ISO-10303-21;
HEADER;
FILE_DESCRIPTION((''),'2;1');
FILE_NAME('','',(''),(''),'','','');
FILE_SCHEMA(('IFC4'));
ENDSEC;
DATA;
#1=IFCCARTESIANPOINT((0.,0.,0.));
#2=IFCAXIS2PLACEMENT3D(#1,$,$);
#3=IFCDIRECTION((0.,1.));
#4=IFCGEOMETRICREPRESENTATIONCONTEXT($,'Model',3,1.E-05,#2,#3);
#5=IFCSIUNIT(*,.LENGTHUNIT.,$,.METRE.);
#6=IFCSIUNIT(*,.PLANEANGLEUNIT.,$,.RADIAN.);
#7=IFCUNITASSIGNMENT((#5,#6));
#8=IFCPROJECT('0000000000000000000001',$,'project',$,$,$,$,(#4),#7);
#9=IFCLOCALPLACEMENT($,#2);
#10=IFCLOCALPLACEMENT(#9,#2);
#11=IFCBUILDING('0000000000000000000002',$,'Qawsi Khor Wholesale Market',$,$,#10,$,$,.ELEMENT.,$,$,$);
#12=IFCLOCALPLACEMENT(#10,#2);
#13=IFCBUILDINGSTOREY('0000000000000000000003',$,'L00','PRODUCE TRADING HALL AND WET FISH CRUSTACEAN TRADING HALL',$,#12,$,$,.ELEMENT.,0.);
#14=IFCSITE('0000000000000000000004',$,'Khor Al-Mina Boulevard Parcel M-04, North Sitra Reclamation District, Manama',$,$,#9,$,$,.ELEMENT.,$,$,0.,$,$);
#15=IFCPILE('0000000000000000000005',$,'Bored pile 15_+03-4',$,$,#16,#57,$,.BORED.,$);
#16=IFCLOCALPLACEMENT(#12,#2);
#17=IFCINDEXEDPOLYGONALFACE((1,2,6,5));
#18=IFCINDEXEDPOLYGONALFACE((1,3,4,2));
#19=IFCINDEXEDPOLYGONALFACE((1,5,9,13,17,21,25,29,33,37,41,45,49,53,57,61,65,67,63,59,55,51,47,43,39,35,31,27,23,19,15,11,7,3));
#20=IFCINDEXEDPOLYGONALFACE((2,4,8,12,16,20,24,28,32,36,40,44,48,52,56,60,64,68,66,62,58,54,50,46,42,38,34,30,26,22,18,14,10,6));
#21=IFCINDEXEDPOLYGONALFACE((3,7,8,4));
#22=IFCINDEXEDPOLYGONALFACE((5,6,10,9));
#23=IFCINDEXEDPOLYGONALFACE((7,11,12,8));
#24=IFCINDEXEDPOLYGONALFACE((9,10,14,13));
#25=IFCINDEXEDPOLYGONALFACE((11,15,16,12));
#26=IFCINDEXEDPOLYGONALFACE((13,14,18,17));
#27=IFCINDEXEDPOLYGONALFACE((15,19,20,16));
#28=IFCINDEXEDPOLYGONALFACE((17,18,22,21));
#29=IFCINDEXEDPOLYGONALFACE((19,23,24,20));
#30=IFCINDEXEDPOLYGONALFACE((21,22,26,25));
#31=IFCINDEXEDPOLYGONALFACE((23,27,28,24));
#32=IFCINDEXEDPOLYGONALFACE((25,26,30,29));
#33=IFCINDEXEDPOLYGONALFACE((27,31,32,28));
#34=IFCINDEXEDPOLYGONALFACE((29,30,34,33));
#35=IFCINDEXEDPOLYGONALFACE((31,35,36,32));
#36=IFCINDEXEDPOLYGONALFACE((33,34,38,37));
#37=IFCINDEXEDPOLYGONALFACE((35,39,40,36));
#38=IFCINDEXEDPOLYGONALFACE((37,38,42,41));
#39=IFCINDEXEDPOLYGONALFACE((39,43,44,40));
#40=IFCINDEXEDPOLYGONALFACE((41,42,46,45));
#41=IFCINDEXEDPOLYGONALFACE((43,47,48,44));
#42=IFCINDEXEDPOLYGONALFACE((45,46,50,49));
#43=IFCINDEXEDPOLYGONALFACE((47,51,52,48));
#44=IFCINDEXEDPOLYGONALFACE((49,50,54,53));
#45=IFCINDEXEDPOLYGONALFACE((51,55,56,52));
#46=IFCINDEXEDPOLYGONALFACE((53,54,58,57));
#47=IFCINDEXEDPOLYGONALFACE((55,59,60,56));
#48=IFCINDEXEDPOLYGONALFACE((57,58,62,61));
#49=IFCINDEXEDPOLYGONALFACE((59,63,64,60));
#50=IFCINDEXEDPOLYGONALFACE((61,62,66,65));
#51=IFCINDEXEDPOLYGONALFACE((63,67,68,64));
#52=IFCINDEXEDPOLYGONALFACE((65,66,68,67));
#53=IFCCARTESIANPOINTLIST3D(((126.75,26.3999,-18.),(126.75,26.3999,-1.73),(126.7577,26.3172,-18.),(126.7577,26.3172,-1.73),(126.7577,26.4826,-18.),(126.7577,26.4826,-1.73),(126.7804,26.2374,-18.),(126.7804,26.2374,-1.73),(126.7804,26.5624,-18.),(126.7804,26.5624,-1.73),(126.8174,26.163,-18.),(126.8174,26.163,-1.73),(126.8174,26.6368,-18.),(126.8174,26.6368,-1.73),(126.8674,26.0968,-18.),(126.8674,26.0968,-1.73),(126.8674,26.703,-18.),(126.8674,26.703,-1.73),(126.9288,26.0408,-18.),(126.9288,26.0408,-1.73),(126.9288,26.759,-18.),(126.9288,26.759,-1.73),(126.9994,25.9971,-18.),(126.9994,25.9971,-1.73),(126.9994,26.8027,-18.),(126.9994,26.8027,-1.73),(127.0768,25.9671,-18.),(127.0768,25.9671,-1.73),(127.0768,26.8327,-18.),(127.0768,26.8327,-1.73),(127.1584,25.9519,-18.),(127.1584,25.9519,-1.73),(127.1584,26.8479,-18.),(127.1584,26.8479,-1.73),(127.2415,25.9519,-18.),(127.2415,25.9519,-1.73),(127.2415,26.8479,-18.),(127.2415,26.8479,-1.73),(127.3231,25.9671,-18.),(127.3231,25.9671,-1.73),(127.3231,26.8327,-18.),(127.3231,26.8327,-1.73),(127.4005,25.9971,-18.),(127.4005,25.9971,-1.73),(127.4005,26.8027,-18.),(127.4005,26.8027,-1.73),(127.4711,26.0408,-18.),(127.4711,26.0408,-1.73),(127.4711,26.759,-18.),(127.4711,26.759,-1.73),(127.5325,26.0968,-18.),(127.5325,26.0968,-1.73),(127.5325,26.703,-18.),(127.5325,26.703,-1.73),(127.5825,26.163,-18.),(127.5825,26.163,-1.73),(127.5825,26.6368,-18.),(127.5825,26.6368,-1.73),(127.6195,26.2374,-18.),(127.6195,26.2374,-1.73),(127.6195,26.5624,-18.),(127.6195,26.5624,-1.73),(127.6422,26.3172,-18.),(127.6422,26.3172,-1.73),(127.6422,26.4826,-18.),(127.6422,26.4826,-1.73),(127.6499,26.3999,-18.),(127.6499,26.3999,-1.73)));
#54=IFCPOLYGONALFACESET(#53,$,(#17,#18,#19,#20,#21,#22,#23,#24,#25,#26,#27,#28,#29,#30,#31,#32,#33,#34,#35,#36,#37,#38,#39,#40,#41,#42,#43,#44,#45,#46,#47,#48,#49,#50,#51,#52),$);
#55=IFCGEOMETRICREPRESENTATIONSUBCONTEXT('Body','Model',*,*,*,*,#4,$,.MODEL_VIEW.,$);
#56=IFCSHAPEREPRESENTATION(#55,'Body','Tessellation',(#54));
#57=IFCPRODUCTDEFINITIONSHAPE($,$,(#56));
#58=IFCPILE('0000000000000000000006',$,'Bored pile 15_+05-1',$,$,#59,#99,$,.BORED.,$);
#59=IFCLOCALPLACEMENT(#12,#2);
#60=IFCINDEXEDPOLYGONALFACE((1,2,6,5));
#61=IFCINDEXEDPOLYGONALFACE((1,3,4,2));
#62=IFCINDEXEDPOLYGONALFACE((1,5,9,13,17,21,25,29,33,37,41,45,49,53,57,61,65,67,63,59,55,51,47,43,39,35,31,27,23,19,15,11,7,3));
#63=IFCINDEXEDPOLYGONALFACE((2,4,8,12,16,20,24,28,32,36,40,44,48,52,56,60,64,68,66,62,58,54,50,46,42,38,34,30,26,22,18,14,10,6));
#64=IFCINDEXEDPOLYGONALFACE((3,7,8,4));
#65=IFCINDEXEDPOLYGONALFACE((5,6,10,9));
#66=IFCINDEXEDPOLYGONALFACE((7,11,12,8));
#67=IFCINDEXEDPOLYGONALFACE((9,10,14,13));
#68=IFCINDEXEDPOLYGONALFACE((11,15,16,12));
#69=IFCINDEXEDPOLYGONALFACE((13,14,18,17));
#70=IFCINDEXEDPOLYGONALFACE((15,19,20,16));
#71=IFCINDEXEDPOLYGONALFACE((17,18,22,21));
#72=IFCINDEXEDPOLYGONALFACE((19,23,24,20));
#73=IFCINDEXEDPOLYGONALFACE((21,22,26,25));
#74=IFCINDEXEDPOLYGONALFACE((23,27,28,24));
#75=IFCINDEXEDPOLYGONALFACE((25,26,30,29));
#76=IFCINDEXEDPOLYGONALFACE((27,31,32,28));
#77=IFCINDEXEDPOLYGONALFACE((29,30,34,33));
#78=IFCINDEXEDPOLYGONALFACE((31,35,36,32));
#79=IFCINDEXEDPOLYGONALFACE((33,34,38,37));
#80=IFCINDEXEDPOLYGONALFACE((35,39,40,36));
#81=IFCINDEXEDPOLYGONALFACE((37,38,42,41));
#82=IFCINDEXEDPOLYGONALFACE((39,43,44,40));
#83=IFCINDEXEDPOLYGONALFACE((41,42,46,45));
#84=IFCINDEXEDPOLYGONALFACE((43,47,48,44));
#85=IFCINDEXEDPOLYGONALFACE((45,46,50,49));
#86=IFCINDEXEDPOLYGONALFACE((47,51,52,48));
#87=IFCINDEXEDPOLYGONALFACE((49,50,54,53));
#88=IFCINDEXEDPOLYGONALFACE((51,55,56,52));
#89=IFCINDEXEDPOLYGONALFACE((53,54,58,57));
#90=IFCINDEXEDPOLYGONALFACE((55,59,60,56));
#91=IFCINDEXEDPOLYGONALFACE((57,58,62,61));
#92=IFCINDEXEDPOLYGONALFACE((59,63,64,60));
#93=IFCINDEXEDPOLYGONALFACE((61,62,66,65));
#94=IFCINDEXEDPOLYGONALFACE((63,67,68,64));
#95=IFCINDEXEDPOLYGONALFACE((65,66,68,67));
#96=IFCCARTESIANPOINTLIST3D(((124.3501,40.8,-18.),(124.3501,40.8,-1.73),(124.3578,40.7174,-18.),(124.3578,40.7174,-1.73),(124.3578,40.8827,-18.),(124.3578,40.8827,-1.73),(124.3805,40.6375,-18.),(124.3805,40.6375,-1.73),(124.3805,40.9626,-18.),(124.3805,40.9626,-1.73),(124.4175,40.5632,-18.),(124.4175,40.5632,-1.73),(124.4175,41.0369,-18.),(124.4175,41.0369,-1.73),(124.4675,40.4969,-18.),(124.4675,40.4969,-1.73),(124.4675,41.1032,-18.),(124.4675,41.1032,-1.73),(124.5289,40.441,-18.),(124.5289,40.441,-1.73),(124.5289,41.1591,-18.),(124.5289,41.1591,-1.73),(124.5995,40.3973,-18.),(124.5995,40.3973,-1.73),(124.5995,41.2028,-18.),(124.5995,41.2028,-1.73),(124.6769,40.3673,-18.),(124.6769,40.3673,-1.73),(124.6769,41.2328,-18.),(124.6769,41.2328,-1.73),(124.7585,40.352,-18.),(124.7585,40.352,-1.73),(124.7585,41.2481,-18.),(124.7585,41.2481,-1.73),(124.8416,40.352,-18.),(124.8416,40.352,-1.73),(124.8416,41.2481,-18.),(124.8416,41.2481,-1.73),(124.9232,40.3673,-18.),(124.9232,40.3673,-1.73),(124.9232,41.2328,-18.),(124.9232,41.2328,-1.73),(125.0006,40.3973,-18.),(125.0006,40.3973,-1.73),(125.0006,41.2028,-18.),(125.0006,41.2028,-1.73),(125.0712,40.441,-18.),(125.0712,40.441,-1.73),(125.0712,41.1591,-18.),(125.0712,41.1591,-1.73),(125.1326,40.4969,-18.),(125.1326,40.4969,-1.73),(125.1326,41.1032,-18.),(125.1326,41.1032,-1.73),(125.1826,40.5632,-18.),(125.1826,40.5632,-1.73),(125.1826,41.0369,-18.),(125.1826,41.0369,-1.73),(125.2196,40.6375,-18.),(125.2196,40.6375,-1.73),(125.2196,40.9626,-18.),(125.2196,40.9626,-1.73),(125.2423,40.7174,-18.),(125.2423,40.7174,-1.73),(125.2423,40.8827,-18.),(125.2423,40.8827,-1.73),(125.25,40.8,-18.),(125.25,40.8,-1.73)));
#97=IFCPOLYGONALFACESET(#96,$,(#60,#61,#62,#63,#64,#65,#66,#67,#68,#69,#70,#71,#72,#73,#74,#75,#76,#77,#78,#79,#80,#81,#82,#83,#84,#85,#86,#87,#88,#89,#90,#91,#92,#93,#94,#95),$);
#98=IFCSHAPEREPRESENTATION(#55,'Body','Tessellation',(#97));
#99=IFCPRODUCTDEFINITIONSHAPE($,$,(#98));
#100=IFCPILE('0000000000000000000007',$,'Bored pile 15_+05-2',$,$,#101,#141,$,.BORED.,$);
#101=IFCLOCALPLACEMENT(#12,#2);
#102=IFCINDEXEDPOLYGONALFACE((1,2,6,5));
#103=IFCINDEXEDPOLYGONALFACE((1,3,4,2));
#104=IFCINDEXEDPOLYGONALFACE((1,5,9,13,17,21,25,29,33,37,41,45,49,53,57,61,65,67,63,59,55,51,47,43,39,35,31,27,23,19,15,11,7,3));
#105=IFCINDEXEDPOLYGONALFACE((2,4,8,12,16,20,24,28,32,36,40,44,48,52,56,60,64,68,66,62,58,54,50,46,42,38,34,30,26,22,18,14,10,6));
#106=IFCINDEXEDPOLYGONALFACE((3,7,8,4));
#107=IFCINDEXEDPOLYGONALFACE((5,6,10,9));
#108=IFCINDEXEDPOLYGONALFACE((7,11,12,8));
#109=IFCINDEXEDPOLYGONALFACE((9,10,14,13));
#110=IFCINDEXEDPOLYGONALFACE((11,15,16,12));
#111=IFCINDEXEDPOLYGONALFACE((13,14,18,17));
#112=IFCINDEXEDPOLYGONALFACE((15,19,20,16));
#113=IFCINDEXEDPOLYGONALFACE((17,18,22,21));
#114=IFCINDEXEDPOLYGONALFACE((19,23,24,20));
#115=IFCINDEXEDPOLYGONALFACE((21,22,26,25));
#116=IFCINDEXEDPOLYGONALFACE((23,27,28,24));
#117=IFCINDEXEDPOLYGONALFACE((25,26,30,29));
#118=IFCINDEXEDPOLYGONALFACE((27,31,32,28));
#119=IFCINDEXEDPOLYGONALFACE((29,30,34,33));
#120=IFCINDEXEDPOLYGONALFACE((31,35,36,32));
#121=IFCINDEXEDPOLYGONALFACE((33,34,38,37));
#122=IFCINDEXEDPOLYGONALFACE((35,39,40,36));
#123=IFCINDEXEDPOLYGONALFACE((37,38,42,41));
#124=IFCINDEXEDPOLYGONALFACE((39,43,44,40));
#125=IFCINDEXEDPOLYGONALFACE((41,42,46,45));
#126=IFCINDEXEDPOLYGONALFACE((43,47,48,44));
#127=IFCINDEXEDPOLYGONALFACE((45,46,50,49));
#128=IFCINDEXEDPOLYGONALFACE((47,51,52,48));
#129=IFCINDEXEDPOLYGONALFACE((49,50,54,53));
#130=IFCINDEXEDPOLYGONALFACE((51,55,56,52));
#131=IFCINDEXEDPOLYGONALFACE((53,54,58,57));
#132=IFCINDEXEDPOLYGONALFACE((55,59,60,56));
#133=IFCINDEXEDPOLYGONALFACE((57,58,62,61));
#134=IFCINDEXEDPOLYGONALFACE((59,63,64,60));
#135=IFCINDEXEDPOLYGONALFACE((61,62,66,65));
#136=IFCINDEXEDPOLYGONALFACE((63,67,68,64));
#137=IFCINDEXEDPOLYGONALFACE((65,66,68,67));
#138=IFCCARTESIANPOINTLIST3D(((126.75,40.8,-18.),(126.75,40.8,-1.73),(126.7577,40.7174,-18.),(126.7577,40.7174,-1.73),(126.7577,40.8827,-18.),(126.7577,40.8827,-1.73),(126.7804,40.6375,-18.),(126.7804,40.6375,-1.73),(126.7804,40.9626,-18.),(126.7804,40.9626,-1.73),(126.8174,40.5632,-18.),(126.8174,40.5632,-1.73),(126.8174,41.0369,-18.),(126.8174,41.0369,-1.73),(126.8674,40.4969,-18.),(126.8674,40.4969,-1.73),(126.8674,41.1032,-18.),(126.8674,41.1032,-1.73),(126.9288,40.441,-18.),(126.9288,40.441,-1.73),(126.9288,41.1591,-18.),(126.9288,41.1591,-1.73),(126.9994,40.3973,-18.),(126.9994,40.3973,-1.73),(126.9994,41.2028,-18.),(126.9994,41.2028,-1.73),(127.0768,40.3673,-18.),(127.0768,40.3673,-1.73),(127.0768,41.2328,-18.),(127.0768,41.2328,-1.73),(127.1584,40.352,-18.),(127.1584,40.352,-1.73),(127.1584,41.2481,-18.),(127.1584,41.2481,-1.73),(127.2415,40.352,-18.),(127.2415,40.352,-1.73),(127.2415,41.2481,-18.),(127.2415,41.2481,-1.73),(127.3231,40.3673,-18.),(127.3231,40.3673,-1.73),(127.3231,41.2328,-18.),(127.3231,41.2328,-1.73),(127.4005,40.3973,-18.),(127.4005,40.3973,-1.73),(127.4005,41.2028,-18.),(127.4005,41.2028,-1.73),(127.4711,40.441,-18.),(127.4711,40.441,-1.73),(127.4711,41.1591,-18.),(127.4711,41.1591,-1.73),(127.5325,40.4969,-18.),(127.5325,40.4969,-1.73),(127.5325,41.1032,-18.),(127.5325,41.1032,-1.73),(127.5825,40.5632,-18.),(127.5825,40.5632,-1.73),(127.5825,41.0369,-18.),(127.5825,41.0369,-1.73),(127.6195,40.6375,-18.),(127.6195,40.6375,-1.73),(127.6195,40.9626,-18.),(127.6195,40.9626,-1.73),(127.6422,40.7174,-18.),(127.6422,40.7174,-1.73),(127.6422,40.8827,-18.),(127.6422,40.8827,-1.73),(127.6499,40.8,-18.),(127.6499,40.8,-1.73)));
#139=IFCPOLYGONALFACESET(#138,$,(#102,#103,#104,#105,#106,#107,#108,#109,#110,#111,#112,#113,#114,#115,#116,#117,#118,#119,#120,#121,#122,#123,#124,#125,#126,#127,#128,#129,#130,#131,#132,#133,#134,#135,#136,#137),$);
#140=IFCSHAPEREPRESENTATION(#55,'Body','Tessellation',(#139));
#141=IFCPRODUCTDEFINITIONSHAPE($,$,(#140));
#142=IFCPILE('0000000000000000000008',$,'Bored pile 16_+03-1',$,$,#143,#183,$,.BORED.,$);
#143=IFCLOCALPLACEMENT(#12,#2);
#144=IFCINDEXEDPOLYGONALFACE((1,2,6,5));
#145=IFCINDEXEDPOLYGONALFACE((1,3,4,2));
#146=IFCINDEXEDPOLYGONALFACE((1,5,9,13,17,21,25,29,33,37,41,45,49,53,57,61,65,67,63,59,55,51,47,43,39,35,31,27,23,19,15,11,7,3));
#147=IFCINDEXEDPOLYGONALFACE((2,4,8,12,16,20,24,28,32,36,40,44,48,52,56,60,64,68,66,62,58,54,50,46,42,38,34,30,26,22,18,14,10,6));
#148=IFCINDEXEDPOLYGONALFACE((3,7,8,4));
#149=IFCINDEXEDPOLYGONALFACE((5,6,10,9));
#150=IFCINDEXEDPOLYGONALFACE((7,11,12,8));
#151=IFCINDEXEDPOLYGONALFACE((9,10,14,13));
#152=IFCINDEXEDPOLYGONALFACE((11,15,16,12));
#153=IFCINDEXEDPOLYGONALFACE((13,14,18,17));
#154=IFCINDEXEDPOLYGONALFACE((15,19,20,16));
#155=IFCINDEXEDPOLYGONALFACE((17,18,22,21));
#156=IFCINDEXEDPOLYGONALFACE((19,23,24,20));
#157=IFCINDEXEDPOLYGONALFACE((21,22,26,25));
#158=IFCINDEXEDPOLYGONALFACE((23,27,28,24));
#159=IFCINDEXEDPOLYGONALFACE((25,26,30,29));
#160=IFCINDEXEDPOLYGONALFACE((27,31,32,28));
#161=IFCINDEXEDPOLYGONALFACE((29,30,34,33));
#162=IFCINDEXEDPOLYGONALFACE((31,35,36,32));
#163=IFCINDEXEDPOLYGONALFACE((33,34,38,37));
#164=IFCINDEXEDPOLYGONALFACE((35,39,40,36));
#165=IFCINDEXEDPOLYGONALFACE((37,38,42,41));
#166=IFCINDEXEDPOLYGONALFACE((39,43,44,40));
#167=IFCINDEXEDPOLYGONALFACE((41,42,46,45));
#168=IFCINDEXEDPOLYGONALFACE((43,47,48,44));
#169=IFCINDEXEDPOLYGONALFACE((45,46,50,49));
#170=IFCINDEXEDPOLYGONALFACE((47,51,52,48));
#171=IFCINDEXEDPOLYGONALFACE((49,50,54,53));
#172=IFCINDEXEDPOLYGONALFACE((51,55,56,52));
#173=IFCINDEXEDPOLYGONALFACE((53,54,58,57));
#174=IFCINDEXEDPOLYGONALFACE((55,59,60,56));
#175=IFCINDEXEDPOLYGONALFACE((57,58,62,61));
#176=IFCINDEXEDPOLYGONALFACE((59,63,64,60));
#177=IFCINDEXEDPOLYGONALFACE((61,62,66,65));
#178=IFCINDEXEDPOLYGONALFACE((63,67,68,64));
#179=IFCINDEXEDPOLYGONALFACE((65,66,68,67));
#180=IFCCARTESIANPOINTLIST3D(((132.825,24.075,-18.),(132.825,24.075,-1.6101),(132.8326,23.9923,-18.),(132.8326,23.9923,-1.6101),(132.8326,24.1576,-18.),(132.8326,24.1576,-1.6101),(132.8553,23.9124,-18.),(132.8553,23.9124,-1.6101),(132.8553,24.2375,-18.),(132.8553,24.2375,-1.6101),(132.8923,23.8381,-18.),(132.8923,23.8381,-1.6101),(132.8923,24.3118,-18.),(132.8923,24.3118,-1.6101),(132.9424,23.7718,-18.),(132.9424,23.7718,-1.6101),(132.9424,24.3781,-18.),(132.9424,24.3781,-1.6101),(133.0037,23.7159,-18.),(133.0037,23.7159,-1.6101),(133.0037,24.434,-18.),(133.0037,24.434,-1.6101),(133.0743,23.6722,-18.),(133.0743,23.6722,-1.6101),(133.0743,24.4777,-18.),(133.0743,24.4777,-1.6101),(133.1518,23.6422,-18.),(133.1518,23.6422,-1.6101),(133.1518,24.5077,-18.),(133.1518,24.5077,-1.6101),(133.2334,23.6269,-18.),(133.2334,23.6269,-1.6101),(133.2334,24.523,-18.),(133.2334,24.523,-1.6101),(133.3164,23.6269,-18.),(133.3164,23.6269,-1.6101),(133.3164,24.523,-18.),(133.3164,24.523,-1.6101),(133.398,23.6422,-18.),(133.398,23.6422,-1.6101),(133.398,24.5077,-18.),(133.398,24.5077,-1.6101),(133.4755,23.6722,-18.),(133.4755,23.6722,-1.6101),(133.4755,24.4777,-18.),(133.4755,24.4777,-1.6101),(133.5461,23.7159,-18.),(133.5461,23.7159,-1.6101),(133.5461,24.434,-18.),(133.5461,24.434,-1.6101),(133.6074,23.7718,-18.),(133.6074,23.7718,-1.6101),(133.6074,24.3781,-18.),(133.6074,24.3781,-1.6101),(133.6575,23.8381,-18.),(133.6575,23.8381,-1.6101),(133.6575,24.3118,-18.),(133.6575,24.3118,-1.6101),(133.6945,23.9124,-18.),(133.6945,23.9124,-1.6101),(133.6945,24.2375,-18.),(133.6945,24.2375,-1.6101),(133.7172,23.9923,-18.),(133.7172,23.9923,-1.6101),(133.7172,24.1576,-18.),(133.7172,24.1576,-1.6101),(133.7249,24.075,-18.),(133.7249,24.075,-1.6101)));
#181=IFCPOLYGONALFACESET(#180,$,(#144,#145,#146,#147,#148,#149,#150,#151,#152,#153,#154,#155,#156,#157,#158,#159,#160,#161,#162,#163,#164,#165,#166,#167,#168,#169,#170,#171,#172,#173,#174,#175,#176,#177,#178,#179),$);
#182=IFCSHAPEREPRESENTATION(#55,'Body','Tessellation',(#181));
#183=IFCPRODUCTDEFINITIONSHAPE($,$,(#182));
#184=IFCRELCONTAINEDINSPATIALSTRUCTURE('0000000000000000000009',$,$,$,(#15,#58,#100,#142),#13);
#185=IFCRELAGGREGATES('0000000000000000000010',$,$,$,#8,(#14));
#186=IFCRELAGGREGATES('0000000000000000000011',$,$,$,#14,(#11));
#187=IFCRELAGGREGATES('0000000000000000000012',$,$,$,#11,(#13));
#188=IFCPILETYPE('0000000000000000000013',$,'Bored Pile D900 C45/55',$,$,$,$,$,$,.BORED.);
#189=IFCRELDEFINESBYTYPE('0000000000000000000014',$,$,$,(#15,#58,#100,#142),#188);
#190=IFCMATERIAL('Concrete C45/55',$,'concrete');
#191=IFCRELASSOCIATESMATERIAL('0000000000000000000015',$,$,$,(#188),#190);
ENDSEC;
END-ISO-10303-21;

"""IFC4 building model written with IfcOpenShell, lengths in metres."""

from ifc_helpers import new_model, si_unit, direction, frame, origin, origin_2d, place, context, subcontext, project, spatial, circle, extrude, material, material_profile, profile_set, type_object, element, save


model = new_model("IFC4")

# Units and contexts
model_context = context("Model", 3, precision=1e-05, world=origin(), true_north=direction((0.0, 1.0)))
body_context = subcontext(model_context, "Body", "Model", "MODEL_VIEW")
ifc_project = project(units=[si_unit("LENGTHUNIT", "METRE"), si_unit("PLANEANGLEUNIT", "RADIAN")], contexts=[model_context])

# Site, building, storey
site_placement = place(None, origin())
site = spatial("IfcSite", under=ifc_project, at=site_placement, Name="Khor Al-Mina Boulevard Parcel M-04, North Sitra Reclamation District, Manama", CompositionType="ELEMENT", RefElevation=0.0)
building_placement = place(site_placement, origin())
building = spatial("IfcBuilding", under=site, at=building_placement, Name="Qawsi Khor Wholesale Market", CompositionType="ELEMENT")
storey_placement = place(building_placement, origin())
storey = spatial("IfcBuildingStorey", under=building, at=storey_placement, Name="L00", Description="PRODUCE TRADING HALL AND WET FISH CRUSTACEAN TRADING HALL", CompositionType="ELEMENT", Elevation=0.0)

# Piles
ifc_material_1 = material(Name="Concrete C45/55", Category="concrete")
ifc_material_profile_1 = material_profile(ifc_material_1, circle(Radius=0.45, at=origin_2d()), Name="PILE D900")
ifc_profile_set_1 = profile_set([ifc_material_profile_1], Name="Concrete C45/55")
pile_type = type_object("IfcPileType", Name="Bored Pile D900 C45/55", PredefinedType="BORED", material=ifc_profile_set_1)
for number, where, z_axis, x_axis, name in (
    (1, (127.2, 26.3999, -1.73), (0.0, 0.0, -1.0), (1.0, 0.0, 0.0), "Bored pile 15_+03-4"),
    (2, (124.8, 40.8, -1.73), (0.0, 0.0, -1.0), (1.0, 0.0, 0.0), "Bored pile 15_+05-1"),
    (3, (127.2, 40.8, -1.73), (0.0, 0.0, -1.0), (1.0, 0.0, 0.0), "Bored pile 15_+05-2"),
):
    element("IfcPile", number, at=place(storey_placement, frame(where, z_axis=z_axis, x_axis=x_axis)), inside=storey, type_object=pile_type, Name=name, PredefinedType="BORED", context=body_context, shape_type="SweptSolid", body=[
        extrude(circle(Radius=0.45, at=origin_2d()), origin(), (0.0, 0.0, 1.0), 16.27),
    ])
for number, where, z_axis, x_axis, name in (
    (4, (133.2749, 24.075, -1.6101), (0.0, 0.0, -1.0), (1.0, 0.0, 0.0), "Bored pile 16_+03-1"),
):
    element("IfcPile", number, at=place(storey_placement, frame(where, z_axis=z_axis, x_axis=x_axis)), inside=storey, type_object=pile_type, Name=name, PredefinedType="BORED", context=body_context, shape_type="SweptSolid", body=[
        extrude(circle(Radius=0.45, at=origin_2d()), origin(), (0.0, 0.0, 1.0), 16.3899),
    ])

save(model, "model.ifc")
